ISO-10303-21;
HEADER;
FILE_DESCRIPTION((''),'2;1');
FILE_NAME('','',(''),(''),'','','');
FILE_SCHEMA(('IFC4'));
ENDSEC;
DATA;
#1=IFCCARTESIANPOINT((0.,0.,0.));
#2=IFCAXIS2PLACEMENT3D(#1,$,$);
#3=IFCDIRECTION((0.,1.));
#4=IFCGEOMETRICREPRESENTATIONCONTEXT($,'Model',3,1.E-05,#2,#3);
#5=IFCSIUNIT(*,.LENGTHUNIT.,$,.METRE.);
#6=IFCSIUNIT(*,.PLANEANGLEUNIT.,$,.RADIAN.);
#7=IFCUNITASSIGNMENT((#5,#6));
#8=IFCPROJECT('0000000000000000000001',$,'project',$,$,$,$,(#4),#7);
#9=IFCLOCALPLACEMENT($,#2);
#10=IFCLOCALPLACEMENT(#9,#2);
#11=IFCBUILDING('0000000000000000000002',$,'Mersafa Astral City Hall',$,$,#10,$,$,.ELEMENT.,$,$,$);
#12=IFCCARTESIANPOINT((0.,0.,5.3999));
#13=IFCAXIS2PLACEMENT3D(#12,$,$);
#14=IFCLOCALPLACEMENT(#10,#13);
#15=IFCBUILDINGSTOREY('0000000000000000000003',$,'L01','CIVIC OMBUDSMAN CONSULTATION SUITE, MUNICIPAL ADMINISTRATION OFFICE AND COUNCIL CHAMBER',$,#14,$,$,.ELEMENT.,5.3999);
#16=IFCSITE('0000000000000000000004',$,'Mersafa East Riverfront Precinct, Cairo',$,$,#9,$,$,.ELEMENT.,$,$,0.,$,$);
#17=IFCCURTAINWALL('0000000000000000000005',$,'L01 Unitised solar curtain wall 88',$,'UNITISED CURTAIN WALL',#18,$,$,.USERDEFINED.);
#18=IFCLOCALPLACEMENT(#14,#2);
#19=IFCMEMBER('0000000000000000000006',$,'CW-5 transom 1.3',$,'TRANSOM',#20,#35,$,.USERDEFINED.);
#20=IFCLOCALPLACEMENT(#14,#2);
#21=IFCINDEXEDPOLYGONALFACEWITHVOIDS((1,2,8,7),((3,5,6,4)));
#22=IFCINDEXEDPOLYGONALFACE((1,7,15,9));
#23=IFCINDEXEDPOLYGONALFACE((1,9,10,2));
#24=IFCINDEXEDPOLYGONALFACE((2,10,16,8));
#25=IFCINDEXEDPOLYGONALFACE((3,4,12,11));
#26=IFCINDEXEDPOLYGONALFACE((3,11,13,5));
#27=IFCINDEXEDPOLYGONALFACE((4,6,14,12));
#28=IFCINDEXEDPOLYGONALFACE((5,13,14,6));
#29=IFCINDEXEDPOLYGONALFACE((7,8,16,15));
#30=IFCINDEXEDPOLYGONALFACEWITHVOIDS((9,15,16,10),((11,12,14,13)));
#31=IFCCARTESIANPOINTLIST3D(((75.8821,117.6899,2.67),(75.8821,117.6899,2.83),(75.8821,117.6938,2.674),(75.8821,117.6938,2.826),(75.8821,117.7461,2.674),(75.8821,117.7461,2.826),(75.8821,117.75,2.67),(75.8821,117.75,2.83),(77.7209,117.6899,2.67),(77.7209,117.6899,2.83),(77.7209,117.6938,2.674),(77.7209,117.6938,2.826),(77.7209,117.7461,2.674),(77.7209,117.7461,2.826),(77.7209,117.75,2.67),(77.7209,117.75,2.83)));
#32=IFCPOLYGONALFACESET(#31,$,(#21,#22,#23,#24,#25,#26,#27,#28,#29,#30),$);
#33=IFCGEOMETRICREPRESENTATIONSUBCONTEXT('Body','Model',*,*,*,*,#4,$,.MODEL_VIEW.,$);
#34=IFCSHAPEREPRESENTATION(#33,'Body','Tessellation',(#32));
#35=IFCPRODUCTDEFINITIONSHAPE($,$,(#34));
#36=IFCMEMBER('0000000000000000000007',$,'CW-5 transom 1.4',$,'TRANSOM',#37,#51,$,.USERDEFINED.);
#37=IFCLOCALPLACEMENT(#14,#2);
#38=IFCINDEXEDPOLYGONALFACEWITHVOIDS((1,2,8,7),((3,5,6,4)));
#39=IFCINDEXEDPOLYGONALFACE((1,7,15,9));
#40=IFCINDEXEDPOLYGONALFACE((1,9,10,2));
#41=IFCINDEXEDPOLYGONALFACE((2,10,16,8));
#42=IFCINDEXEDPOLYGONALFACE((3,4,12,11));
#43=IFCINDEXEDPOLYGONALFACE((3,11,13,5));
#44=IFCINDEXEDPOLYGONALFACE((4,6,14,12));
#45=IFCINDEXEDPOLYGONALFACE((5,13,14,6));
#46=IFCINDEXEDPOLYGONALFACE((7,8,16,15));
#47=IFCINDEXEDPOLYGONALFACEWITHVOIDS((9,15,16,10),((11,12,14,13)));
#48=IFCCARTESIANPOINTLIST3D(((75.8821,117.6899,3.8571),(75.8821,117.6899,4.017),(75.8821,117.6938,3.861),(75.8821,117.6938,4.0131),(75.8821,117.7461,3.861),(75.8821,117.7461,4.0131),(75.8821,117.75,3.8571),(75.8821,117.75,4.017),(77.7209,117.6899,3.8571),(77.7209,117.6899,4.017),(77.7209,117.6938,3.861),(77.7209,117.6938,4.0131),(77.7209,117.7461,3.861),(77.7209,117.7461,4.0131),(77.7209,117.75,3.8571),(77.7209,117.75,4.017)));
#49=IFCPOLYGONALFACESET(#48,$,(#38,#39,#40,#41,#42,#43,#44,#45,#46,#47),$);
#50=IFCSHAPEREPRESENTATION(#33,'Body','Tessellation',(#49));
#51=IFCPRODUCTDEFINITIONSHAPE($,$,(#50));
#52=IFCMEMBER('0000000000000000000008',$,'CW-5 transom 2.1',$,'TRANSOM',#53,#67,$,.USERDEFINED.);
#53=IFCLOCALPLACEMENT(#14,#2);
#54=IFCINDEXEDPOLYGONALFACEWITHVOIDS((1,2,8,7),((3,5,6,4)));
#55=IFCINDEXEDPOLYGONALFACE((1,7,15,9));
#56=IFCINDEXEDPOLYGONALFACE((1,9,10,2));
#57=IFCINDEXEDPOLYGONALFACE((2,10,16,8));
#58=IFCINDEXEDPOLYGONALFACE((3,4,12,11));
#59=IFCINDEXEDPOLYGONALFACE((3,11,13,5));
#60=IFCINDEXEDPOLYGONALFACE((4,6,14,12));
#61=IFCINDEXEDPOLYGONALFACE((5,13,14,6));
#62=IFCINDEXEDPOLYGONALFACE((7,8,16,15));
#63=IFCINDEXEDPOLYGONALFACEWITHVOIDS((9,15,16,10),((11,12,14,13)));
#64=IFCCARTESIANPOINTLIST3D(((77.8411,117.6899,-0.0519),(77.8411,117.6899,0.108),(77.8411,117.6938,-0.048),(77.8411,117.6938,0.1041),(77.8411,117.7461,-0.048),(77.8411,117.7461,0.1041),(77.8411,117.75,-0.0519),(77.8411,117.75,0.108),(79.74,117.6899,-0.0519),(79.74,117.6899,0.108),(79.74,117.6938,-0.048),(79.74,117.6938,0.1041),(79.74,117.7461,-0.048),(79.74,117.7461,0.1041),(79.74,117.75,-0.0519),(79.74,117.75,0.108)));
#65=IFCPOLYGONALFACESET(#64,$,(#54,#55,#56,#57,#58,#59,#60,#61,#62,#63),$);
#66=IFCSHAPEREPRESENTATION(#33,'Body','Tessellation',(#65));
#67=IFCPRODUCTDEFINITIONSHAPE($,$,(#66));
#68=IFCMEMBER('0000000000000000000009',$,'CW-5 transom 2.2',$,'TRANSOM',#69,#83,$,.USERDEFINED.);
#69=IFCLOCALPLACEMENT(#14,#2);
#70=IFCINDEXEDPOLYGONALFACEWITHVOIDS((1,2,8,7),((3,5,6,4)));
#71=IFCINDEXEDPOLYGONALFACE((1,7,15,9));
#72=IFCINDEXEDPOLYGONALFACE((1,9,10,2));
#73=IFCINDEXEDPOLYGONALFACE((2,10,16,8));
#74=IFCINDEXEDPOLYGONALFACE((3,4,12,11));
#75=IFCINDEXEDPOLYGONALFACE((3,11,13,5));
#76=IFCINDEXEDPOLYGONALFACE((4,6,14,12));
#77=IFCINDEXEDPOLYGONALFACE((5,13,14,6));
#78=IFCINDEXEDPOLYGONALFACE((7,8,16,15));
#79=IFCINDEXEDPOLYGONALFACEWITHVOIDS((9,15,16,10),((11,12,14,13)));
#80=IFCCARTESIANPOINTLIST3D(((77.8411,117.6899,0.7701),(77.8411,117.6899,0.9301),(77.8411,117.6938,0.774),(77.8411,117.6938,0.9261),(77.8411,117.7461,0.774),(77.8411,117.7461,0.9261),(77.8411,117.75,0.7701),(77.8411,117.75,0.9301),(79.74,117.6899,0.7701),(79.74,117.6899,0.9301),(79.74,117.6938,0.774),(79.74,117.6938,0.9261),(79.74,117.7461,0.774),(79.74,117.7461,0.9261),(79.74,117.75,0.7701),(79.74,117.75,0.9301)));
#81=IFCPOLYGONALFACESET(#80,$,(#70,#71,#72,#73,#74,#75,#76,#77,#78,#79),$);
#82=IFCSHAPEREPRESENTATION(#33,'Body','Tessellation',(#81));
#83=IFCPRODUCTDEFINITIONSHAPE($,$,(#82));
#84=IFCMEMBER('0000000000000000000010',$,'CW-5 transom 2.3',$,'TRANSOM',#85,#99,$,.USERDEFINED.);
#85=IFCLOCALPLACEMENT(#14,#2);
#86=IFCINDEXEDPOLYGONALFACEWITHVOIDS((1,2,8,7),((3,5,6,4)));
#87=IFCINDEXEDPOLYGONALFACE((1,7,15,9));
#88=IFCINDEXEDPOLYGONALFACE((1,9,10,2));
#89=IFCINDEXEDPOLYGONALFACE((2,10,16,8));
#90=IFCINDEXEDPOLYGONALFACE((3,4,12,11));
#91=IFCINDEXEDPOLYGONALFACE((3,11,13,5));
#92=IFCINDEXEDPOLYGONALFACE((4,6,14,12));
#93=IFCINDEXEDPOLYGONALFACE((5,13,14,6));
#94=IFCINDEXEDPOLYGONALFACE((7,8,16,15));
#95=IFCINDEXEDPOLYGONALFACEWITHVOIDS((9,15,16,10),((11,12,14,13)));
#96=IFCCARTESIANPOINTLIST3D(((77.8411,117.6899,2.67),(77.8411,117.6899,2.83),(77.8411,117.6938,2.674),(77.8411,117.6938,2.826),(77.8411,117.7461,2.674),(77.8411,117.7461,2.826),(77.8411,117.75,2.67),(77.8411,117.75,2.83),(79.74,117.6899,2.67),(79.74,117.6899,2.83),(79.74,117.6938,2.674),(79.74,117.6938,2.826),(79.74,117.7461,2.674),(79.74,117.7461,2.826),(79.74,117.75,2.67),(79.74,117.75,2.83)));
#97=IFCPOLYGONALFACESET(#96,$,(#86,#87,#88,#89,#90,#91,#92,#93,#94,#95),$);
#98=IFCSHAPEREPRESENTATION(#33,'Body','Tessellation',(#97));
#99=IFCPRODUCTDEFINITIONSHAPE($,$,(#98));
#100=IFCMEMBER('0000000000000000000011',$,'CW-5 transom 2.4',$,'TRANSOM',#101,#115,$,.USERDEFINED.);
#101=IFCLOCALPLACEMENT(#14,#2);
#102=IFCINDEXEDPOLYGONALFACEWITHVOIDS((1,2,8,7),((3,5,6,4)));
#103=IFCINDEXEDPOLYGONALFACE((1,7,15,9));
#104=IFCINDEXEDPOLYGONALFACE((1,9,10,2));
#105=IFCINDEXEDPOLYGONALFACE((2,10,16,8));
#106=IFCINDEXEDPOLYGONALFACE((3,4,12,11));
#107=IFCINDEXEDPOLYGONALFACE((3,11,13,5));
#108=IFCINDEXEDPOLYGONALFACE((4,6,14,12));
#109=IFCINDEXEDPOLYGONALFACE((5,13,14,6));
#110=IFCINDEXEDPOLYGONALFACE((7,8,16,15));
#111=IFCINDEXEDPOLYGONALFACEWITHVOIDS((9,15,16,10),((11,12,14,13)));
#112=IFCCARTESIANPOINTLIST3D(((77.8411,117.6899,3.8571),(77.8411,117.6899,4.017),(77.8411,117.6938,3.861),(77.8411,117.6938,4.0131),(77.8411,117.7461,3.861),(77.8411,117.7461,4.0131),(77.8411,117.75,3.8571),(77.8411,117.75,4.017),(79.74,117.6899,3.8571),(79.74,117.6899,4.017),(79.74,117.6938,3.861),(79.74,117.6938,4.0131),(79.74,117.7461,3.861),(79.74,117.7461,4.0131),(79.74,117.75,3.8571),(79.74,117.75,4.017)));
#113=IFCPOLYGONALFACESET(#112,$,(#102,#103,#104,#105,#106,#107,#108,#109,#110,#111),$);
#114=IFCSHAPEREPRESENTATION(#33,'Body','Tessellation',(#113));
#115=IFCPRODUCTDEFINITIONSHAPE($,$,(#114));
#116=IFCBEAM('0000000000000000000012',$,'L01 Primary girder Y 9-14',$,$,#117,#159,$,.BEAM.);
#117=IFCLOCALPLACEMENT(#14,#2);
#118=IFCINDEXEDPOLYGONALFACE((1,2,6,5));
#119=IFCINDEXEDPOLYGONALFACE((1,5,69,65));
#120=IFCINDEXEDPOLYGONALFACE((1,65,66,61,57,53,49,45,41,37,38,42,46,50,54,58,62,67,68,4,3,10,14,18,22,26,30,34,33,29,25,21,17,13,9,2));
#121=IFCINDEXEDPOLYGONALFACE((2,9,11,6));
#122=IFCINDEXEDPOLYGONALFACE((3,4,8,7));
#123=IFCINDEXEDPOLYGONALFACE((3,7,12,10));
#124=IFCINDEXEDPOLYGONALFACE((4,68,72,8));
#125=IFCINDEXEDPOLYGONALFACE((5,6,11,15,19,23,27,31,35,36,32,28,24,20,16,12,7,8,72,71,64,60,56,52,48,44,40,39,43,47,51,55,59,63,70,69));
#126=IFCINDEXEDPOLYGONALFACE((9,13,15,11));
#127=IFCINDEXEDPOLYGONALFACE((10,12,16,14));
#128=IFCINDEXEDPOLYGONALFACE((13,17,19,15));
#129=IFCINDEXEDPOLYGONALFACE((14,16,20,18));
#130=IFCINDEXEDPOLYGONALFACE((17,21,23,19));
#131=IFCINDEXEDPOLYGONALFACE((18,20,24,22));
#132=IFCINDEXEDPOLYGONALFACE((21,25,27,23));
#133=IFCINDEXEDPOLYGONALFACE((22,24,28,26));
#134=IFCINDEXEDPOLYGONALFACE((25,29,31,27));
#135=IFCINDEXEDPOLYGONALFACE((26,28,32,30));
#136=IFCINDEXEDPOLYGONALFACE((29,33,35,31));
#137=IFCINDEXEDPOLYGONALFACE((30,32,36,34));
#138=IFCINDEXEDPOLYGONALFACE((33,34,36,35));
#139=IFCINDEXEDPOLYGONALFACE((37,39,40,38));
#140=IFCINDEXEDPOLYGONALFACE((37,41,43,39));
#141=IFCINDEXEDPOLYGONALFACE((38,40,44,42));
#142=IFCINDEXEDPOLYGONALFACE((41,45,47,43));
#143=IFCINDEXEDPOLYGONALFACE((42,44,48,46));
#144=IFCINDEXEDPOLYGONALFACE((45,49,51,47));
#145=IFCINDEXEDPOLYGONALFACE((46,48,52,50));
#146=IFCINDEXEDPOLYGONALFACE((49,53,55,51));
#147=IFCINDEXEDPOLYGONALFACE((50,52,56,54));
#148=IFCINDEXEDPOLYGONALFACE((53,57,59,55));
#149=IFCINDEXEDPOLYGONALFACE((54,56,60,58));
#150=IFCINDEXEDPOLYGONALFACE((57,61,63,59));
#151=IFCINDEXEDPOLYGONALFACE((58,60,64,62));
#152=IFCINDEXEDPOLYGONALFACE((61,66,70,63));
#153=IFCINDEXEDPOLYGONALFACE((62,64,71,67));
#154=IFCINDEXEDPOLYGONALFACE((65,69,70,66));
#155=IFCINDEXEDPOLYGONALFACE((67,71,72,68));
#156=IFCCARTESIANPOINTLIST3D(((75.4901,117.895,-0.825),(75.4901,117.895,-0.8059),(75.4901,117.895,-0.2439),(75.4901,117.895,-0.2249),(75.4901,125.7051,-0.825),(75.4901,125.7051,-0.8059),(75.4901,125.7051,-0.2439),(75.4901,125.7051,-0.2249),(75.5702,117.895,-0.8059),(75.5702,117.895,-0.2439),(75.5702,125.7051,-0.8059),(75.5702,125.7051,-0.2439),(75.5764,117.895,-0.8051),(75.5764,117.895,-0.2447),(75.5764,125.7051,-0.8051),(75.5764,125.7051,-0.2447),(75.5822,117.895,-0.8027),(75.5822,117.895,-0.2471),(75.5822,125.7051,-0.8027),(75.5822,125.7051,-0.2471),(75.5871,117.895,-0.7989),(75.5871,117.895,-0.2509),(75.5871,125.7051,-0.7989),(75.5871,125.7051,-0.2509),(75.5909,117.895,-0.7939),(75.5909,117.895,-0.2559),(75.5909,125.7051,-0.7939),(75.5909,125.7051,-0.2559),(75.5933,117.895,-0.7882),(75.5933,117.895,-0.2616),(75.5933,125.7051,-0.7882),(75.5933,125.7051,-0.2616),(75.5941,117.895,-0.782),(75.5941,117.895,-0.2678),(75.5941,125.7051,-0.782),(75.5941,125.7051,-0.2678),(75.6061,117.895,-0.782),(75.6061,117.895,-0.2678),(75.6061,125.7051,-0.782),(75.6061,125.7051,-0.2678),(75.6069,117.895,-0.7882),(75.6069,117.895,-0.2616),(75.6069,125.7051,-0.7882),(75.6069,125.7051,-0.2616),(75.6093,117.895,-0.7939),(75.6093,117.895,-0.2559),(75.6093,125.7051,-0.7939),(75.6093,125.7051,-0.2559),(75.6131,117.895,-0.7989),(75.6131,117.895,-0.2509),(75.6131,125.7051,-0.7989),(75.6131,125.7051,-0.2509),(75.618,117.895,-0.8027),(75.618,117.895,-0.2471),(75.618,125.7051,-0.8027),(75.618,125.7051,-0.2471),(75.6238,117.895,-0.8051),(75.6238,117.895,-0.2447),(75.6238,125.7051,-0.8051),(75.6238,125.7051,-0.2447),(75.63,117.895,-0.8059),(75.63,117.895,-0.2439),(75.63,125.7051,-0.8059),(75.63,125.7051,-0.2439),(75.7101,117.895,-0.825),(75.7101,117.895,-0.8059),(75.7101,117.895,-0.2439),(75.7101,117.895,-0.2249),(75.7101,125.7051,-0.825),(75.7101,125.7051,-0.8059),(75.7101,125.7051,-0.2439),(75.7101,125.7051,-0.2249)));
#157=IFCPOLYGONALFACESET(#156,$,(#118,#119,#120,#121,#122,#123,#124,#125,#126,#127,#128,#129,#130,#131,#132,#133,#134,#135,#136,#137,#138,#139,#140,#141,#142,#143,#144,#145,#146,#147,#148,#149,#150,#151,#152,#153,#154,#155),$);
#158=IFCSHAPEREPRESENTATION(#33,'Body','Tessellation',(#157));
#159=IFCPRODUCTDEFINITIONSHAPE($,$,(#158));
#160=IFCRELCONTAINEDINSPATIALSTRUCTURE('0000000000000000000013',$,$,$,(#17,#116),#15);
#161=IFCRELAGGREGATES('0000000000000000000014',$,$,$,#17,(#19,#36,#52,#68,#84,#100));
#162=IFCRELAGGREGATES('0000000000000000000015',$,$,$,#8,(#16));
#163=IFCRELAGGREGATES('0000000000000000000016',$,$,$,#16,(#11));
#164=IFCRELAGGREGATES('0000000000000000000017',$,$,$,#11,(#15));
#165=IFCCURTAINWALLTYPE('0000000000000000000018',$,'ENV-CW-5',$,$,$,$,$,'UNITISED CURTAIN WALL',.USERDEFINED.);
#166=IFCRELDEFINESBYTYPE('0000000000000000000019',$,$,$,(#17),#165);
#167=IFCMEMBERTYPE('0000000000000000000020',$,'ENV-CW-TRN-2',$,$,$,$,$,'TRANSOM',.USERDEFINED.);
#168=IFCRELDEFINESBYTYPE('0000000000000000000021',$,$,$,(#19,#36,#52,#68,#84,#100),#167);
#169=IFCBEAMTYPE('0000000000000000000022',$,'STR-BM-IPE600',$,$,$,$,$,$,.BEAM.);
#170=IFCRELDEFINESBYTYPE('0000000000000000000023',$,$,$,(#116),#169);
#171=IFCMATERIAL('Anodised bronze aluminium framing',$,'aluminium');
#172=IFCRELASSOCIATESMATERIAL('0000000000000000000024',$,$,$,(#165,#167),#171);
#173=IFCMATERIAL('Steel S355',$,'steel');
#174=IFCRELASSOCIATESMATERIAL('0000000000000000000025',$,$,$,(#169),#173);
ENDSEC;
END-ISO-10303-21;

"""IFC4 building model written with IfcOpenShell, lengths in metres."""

from ifc_helpers import new_model, si_unit, direction, frame, origin, origin_2d, place, context, subcontext, project, spatial, hollow_rectangle, i_section, extrude, material, material_profile, profile_set, type_object, element, aggregate, save


model = new_model("IFC4")

# Units and contexts
model_context = context("Model", 3, precision=1e-05, world=origin(), true_north=direction((0.0, 1.0)))
body_context = subcontext(model_context, "Body", "Model", "MODEL_VIEW")
ifc_project = project(units=[si_unit("LENGTHUNIT", "METRE"), si_unit("PLANEANGLEUNIT", "RADIAN")], contexts=[model_context])

# Site, building, storey
site_placement = place(None, origin())
site = spatial("IfcSite", under=ifc_project, at=site_placement, Name="Mersafa East Riverfront Precinct, Cairo", CompositionType="ELEMENT", RefElevation=0.0)
building_placement = place(site_placement, origin())
building = spatial("IfcBuilding", under=site, at=building_placement, Name="Mersafa Astral City Hall", CompositionType="ELEMENT")
storey_placement = place(building_placement, frame((0.0, 0.0, 5.3999)))
storey = spatial("IfcBuildingStorey", under=building, at=storey_placement, Name="L01", Description="CIVIC OMBUDSMAN CONSULTATION SUITE, MUNICIPAL ADMINISTRATION OFFICE AND COUNCIL CHAMBER", CompositionType="ELEMENT", Elevation=5.3999)

# Shared definitions
ifc_material_1 = material(Name="Steel S355", Category="steel")

# Shared definitions
ifc_material_2 = material(Name="Anodised bronze aluminium framing", Category="aluminium")

# Curtain wall, members
curtain_wall_type_1 = type_object("IfcCurtainWallType", Name="ENV-CW-5", ElementType="UNITISED CURTAIN WALL", PredefinedType="USERDEFINED", material=ifc_material_2)
curtain_wall_1_placement = place(storey_placement, origin())
curtain_wall_1 = element("IfcCurtainWall", 1, at=curtain_wall_1_placement, inside=storey, type_object=curtain_wall_type_1, Name="L01 Unitised solar curtain wall 88", ObjectType="UNITISED CURTAIN WALL", PredefinedType="USERDEFINED")
ifc_material_profile_1 = material_profile(ifc_material_2, hollow_rectangle(XDim=0.0601, YDim=0.1599, WallThickness=0.0039, at=origin_2d()), Name="RHS 60x160x4")
ifc_profile_set_1 = profile_set([ifc_material_profile_1], Name="Anodised bronze aluminium framing")
member_type_1 = type_object("IfcMemberType", Name="ENV-CW-TRN-2", ElementType="TRANSOM", PredefinedType="USERDEFINED", material=ifc_profile_set_1)
member_1_placement = place(storey_placement, frame((75.8821, 117.72, 2.75), z_axis=(1.0, 0.0, 0.0), x_axis=(0.0, 1.0, 0.0)))
member_1 = element("IfcMember", 2, at=member_1_placement, type_object=member_type_1, Name="CW-5 transom 1.3", ObjectType="TRANSOM", PredefinedType="USERDEFINED", context=body_context, shape_type="SweptSolid", body=[
    extrude(hollow_rectangle(XDim=0.0601, YDim=0.1599, WallThickness=0.0039, at=origin_2d()), origin(), (0.0, 0.0, 1.0), 1.8389),
])
member_2_placement = place(storey_placement, frame((75.8821, 117.72, 3.937), z_axis=(1.0, 0.0, 0.0), x_axis=(0.0, 1.0, 0.0)))
member_2 = element("IfcMember", 3, at=member_2_placement, type_object=member_type_1, Name="CW-5 transom 1.4", ObjectType="TRANSOM", PredefinedType="USERDEFINED", context=body_context, shape_type="SweptSolid", body=[
    extrude(hollow_rectangle(XDim=0.0601, YDim=0.1599, WallThickness=0.0039, at=origin_2d()), origin(), (0.0, 0.0, 1.0), 1.8389),
])
member_3_placement = place(storey_placement, frame((77.8411, 117.72, 0.0281), z_axis=(1.0, 0.0, 0.0), x_axis=(0.0, 1.0, 0.0)))
member_3 = element("IfcMember", 4, at=member_3_placement, type_object=member_type_1, Name="CW-5 transom 2.1", ObjectType="TRANSOM", PredefinedType="USERDEFINED", context=body_context, shape_type="SweptSolid", body=[
    extrude(hollow_rectangle(XDim=0.0601, YDim=0.1599, WallThickness=0.0039, at=origin_2d()), origin(), (0.0, 0.0, 1.0), 1.8989),
])
member_4_placement = place(storey_placement, frame((77.8411, 117.72, 0.8501), z_axis=(1.0, 0.0, 0.0), x_axis=(0.0, 1.0, 0.0)))
member_4 = element("IfcMember", 5, at=member_4_placement, type_object=member_type_1, Name="CW-5 transom 2.2", ObjectType="TRANSOM", PredefinedType="USERDEFINED", context=body_context, shape_type="SweptSolid", body=[
    extrude(hollow_rectangle(XDim=0.0601, YDim=0.1599, WallThickness=0.0039, at=origin_2d()), origin(), (0.0, 0.0, 1.0), 1.8989),
])
member_5_placement = place(storey_placement, frame((77.8411, 117.72, 2.75), z_axis=(1.0, 0.0, 0.0), x_axis=(0.0, 1.0, 0.0)))
member_5 = element("IfcMember", 6, at=member_5_placement, type_object=member_type_1, Name="CW-5 transom 2.3", ObjectType="TRANSOM", PredefinedType="USERDEFINED", context=body_context, shape_type="SweptSolid", body=[
    extrude(hollow_rectangle(XDim=0.0601, YDim=0.1599, WallThickness=0.0039, at=origin_2d()), origin(), (0.0, 0.0, 1.0), 1.8989),
])
member_6_placement = place(storey_placement, frame((77.8411, 117.72, 3.937), z_axis=(1.0, 0.0, 0.0), x_axis=(0.0, 1.0, 0.0)))
member_6 = element("IfcMember", 7, at=member_6_placement, type_object=member_type_1, Name="CW-5 transom 2.4", ObjectType="TRANSOM", PredefinedType="USERDEFINED", context=body_context, shape_type="SweptSolid", body=[
    extrude(hollow_rectangle(XDim=0.0601, YDim=0.1599, WallThickness=0.0039, at=origin_2d()), origin(), (0.0, 0.0, 1.0), 1.8989),
])

# Beam
ifc_material_profile_2 = material_profile(ifc_material_1, i_section(OverallWidth=0.22, OverallDepth=0.6001, WebThickness=0.012, FlangeThickness=0.019, FilletRadius=0.0239, at=origin_2d()), Name="IPE 600")
ifc_profile_set_2 = profile_set([ifc_material_profile_2], Name="Steel S355")
beam_type_1 = type_object("IfcBeamType", Name="STR-BM-IPE600", PredefinedType="BEAM", material=ifc_profile_set_2)
beam_1_placement = place(storey_placement, frame((75.6001, 117.895, -0.5249), z_axis=(0.0, 1.0, 0.0), x_axis=(-1.0, 0.0, 0.0)))
element("IfcBeam", 8, at=beam_1_placement, inside=storey, type_object=beam_type_1, Name="L01 Primary girder Y 9-14", PredefinedType="BEAM", context=body_context, shape_type="SweptSolid", body=[
    extrude(i_section(OverallWidth=0.22, OverallDepth=0.6001, WebThickness=0.012, FlangeThickness=0.019, FilletRadius=0.0239, at=origin_2d()), origin(), (0.0, 0.0, 1.0), 7.8101),
])

aggregate(curtain_wall_1, [member_1, member_2, member_3, member_4, member_5, member_6])

save(model, "model.ifc")
